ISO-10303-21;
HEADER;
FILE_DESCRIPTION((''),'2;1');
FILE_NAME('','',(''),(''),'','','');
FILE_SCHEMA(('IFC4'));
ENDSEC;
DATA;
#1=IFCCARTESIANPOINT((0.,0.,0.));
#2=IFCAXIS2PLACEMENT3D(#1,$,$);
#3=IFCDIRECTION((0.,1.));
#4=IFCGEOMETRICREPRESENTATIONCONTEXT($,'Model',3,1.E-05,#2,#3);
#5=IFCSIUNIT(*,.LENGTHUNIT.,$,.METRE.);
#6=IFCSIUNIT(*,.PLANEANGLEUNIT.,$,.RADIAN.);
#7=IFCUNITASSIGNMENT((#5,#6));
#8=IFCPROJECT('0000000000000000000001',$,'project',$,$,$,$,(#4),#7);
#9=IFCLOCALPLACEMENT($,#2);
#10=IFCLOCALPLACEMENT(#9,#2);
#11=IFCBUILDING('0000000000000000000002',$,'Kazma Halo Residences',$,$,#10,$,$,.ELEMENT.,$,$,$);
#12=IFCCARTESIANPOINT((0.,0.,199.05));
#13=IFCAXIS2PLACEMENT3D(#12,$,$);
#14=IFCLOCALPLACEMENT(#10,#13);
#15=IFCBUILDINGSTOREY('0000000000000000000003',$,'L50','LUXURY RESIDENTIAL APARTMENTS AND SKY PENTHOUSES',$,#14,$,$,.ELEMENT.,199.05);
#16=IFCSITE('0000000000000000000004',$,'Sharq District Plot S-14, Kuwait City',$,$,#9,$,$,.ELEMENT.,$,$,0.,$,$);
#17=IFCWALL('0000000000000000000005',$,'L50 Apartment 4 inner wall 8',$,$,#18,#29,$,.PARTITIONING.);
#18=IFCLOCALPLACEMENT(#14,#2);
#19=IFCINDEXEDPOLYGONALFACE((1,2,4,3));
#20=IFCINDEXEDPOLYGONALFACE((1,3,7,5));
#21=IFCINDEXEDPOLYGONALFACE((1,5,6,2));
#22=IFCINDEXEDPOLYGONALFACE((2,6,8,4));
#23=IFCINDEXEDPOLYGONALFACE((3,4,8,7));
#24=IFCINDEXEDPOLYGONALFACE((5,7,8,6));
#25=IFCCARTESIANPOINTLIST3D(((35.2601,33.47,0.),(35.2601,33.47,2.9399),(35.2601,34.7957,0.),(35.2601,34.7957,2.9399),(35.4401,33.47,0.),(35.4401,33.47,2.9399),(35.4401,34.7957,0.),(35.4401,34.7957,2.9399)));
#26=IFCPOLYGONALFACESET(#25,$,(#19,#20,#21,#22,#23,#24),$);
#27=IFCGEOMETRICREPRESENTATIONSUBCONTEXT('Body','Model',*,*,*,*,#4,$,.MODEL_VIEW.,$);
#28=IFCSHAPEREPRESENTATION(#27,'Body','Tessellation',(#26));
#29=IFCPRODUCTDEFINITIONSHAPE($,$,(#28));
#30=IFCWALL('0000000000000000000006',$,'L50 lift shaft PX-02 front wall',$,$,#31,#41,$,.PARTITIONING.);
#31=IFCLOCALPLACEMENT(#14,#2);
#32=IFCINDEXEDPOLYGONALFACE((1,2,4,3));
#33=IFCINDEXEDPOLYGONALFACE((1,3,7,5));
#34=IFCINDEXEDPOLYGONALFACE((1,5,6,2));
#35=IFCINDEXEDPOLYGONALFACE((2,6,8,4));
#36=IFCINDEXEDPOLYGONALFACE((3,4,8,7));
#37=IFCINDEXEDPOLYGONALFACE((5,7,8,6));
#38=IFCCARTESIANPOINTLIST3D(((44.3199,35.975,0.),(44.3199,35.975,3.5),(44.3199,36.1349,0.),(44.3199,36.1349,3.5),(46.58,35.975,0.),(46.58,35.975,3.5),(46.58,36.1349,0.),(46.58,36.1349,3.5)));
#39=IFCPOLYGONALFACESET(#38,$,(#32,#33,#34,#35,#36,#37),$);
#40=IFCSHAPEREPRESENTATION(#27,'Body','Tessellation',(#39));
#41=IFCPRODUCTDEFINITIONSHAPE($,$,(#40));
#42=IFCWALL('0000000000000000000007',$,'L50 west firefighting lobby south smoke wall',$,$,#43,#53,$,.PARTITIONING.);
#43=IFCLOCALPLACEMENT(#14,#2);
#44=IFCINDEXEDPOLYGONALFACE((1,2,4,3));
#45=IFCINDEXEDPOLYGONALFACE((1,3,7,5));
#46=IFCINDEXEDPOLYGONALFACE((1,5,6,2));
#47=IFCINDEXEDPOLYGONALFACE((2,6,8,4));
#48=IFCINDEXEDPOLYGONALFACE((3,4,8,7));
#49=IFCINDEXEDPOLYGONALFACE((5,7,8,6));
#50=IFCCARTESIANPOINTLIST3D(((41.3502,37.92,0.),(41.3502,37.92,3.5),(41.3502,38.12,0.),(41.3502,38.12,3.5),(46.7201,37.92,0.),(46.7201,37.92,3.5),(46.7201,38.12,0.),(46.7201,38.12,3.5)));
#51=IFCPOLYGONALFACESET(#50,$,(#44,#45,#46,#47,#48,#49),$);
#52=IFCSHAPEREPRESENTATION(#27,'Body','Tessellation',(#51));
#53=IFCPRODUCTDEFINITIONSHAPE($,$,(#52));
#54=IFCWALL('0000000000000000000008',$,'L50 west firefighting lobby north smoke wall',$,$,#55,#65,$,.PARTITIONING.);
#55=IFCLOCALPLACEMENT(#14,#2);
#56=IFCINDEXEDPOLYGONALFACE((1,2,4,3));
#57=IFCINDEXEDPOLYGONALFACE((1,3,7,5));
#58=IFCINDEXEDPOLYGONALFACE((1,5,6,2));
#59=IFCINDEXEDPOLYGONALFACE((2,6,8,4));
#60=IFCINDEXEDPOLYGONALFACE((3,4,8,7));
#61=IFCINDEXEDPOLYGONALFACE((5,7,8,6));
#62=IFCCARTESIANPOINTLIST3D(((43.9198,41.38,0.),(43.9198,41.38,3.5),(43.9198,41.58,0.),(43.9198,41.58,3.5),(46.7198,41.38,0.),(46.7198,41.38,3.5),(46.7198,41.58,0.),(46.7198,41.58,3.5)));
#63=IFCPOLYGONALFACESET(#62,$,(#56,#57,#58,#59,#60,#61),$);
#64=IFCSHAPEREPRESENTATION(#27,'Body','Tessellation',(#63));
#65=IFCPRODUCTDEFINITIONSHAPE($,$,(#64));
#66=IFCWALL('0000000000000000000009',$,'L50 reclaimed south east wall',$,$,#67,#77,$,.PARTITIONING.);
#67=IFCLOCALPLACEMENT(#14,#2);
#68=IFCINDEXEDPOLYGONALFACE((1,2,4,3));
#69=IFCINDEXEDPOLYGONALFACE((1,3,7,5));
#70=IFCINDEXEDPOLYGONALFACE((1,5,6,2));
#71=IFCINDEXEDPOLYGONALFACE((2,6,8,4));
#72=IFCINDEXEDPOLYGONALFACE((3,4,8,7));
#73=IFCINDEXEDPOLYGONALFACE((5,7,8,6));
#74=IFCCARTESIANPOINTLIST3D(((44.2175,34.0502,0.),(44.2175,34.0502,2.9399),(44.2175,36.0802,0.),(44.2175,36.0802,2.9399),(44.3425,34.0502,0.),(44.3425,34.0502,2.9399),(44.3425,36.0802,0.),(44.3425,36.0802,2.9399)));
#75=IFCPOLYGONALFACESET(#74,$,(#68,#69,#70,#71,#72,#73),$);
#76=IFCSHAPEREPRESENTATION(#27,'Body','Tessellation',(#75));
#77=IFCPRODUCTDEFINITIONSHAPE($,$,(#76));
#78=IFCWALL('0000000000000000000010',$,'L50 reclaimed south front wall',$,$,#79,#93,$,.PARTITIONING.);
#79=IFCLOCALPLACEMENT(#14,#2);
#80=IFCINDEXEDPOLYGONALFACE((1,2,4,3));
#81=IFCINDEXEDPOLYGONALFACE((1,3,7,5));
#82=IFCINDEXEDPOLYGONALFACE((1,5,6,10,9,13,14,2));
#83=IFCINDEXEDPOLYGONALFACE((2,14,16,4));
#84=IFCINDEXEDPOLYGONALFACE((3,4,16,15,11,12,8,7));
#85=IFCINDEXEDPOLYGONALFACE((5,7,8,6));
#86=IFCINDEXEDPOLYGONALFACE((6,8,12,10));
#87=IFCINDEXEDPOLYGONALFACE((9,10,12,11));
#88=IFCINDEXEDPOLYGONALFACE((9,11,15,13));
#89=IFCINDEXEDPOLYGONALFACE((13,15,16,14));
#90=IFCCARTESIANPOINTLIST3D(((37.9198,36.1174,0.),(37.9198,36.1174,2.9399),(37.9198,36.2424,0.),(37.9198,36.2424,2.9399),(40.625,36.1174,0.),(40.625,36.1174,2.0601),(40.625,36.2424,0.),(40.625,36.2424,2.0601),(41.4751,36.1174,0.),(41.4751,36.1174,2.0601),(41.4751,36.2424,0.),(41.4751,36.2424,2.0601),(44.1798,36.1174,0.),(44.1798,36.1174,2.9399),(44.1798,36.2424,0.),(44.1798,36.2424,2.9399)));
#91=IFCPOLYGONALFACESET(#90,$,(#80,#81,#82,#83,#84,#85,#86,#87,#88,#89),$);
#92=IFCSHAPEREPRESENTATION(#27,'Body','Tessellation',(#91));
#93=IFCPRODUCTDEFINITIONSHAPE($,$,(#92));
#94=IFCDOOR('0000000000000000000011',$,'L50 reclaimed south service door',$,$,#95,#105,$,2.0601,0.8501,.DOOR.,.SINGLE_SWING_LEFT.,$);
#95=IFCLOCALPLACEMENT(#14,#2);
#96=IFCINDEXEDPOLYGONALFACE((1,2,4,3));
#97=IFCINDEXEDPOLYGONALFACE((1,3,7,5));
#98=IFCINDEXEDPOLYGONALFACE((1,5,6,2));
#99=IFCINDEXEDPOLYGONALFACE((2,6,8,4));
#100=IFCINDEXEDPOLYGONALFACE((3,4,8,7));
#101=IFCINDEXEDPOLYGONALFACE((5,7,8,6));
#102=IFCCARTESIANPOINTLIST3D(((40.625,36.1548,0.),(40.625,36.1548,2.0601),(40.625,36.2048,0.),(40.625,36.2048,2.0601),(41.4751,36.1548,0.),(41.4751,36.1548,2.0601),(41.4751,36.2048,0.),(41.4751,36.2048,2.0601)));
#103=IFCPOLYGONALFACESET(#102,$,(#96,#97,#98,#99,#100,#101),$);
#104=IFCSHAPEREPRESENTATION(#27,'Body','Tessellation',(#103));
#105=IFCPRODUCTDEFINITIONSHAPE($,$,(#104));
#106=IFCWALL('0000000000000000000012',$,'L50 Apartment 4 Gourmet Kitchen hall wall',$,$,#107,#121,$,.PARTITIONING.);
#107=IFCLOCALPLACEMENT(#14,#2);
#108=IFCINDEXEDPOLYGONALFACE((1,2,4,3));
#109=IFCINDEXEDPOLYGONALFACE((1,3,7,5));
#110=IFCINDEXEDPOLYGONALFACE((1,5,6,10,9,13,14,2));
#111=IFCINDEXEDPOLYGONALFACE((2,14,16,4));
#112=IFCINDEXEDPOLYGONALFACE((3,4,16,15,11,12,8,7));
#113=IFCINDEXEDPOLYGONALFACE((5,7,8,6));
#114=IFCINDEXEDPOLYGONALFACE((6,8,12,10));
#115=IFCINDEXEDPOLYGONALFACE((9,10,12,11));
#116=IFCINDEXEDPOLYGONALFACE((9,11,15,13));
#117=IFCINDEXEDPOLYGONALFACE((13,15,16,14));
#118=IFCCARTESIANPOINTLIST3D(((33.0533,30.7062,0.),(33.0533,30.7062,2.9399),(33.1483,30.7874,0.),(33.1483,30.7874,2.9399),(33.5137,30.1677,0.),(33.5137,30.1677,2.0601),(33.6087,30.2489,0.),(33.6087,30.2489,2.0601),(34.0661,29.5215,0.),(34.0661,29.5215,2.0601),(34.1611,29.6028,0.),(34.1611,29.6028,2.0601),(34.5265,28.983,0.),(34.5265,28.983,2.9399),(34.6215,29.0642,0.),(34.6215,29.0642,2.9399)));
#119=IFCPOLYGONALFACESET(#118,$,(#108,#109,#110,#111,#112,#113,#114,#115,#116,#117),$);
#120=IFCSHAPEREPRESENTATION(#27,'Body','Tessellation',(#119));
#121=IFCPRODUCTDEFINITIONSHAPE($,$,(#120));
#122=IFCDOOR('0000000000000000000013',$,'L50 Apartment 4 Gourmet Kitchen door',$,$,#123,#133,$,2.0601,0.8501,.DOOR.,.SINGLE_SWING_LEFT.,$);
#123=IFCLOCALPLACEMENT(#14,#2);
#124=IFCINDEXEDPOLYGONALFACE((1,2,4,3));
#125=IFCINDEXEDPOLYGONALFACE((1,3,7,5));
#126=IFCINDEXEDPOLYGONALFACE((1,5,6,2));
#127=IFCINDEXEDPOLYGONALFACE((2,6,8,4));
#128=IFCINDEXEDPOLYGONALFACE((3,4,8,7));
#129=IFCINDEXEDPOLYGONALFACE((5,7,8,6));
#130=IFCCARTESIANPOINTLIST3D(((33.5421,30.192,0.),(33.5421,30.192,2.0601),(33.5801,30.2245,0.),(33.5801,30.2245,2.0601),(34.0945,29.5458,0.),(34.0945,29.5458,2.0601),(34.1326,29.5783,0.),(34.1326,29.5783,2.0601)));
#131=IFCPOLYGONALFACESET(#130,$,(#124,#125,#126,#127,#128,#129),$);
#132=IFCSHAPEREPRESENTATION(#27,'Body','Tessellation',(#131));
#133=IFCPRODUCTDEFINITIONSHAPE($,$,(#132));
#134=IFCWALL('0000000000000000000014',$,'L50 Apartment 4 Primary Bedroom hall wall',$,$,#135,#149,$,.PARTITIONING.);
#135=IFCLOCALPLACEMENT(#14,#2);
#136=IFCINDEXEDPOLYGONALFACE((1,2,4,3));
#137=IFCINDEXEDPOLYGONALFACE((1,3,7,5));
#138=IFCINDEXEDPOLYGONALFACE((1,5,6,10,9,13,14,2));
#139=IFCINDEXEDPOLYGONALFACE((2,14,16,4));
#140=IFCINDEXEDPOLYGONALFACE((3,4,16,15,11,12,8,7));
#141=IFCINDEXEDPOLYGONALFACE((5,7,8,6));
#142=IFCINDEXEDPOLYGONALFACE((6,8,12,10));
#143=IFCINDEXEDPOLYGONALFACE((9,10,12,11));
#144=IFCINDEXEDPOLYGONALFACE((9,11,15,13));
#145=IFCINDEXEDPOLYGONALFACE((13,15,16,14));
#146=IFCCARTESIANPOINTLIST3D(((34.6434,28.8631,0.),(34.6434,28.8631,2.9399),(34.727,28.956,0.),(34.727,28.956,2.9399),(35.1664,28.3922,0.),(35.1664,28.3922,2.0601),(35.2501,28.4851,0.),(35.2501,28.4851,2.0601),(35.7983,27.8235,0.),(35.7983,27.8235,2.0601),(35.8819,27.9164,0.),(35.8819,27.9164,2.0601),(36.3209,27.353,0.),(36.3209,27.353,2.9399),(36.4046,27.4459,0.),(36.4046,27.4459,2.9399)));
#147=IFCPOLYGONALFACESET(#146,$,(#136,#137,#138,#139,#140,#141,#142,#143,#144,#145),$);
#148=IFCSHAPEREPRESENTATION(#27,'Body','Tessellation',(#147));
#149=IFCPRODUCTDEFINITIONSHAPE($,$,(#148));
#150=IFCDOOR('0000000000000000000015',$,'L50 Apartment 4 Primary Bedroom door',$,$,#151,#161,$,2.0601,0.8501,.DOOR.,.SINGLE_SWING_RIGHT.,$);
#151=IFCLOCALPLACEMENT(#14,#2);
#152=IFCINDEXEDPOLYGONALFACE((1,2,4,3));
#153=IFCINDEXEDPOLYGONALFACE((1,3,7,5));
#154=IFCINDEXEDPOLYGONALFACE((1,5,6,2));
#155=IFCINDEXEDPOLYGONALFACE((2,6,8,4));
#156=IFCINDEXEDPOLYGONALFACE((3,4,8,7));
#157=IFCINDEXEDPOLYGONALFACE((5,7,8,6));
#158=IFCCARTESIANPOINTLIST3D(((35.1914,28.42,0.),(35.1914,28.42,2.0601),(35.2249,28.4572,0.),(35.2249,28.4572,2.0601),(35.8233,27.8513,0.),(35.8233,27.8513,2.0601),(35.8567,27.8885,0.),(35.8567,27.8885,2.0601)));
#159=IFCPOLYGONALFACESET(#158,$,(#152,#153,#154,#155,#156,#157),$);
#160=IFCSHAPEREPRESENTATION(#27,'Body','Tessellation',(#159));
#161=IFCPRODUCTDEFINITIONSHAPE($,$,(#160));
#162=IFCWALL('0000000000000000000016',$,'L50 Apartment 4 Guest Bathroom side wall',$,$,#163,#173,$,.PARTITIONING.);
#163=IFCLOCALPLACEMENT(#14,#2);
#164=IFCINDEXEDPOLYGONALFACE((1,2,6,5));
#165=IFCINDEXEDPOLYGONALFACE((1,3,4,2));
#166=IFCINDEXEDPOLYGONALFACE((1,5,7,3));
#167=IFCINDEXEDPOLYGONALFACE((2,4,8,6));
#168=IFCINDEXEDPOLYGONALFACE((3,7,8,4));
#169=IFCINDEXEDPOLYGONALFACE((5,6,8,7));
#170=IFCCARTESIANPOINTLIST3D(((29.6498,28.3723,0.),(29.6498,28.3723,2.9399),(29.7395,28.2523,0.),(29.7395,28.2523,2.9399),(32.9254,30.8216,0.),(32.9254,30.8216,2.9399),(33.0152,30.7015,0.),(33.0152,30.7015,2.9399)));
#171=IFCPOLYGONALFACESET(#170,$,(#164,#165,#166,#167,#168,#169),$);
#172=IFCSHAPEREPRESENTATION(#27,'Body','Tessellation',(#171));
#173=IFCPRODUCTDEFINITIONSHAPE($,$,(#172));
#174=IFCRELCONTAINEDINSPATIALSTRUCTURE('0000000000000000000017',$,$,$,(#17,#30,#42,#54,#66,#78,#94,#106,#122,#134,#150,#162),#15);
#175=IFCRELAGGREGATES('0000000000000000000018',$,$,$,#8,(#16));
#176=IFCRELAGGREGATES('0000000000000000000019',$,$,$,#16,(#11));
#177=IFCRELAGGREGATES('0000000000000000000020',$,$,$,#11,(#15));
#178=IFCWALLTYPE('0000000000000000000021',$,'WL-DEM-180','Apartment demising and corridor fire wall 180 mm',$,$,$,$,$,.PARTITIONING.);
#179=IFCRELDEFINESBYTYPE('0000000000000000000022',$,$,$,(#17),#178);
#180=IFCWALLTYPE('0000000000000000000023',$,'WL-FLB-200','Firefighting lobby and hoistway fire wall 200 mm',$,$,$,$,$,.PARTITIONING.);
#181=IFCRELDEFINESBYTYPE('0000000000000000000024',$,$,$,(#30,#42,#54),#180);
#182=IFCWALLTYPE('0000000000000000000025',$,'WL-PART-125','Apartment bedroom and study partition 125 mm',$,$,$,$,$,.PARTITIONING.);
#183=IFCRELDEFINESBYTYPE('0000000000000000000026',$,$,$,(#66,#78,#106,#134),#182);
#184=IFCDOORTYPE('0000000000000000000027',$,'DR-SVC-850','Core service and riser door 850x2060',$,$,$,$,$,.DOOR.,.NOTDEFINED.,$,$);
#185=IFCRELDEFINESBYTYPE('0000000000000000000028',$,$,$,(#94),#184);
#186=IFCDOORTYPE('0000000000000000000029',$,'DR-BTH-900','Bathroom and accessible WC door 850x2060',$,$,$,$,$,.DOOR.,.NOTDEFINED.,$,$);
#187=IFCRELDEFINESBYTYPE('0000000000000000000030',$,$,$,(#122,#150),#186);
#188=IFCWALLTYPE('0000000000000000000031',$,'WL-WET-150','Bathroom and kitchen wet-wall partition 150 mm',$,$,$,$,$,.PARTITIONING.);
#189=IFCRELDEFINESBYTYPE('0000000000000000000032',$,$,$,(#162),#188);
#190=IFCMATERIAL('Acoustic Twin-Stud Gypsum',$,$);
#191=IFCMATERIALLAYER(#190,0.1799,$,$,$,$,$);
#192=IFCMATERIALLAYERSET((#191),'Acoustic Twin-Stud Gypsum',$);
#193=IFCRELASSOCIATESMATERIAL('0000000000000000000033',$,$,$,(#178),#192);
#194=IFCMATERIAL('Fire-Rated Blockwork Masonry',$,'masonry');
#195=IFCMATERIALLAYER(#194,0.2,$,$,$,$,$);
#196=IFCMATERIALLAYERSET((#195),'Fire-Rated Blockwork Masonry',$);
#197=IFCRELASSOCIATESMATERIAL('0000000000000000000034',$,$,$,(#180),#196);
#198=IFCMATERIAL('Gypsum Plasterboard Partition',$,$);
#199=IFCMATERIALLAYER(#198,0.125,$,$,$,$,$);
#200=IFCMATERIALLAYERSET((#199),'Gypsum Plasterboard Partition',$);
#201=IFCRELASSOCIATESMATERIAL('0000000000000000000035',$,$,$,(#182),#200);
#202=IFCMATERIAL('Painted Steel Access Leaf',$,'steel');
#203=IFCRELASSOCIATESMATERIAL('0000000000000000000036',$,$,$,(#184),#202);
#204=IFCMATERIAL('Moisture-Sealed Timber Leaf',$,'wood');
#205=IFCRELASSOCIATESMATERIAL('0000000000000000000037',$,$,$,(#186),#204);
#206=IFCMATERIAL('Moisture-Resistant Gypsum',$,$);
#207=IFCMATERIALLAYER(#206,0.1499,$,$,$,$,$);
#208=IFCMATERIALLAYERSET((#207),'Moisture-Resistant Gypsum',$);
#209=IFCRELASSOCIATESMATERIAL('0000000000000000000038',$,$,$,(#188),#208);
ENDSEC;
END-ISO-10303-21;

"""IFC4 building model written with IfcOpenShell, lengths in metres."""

from ifc_helpers import new_model, si_unit, direction, frame, frame_2d, origin, place, context, subcontext, project, spatial, rectangle, extrude, material, layer, layer_set, type_object, element, fill, save


model = new_model("IFC4")

# Units and contexts
model_context = context("Model", 3, precision=1e-05, world=origin(), true_north=direction((0.0, 1.0)))
body_context = subcontext(model_context, "Body", "Model", "MODEL_VIEW")
ifc_project = project(units=[si_unit("LENGTHUNIT", "METRE"), si_unit("PLANEANGLEUNIT", "RADIAN")], contexts=[model_context])

# Site, building, storey
site_placement = place(None, origin())
site = spatial("IfcSite", under=ifc_project, at=site_placement, Name="Sharq District Plot S-14, Kuwait City", CompositionType="ELEMENT", RefElevation=0.0)
building_placement = place(site_placement, origin())
building = spatial("IfcBuilding", under=site, at=building_placement, Name="Kazma Halo Residences", CompositionType="ELEMENT")
storey_placement = place(building_placement, frame((0.0, 0.0, 199.05)))
storey = spatial("IfcBuildingStorey", under=building, at=storey_placement, Name="L50", Description="LUXURY RESIDENTIAL APARTMENTS AND SKY PENTHOUSES", CompositionType="ELEMENT", Elevation=199.05)

# Shared definitions
ifc_material_1 = material(Name="Acoustic Twin-Stud Gypsum")
ifc_layer_1 = layer(ifc_material_1, 0.1799)
ifc_layer_set_1 = layer_set([ifc_layer_1], Name="Acoustic Twin-Stud Gypsum")
wall_type_1 = type_object("IfcWallType", Name="WL-DEM-180", Description="Apartment demising and corridor fire wall 180 mm", PredefinedType="PARTITIONING", material=ifc_layer_set_1)

# Walls
wall_1_placement = place(storey_placement, frame((35.3501, 34.7957, 0.0), z_axis=(0.0, 0.0, 1.0), x_axis=(0.0, -1.0, 0.0)))
element("IfcWall", 1, at=wall_1_placement, inside=storey, type_object=wall_type_1, Name="L50 Apartment 4 inner wall 8", PredefinedType="PARTITIONING", context=body_context, shape_type="SweptSolid", body=[
    extrude(rectangle(XDim=1.3257, YDim=0.1799, at=frame_2d((0.6628, 0.0))), origin(), (0.0, 0.0, 1.0), 2.9399),
])
ifc_material_2 = material(Name="Fire-Rated Blockwork Masonry", Category="masonry")
ifc_layer_2 = layer(ifc_material_2, 0.2)
ifc_layer_set_2 = layer_set([ifc_layer_2], Name="Fire-Rated Blockwork Masonry")
wall_type_2 = type_object("IfcWallType", Name="WL-FLB-200", Description="Firefighting lobby and hoistway fire wall 200 mm", PredefinedType="PARTITIONING", material=ifc_layer_set_2)
wall_2_placement = place(storey_placement, frame((44.3201, 36.0549, 0.0), z_axis=(0.0, 0.0, 1.0), x_axis=(1.0, 0.0, 0.0)))
element("IfcWall", 2, at=wall_2_placement, inside=storey, type_object=wall_type_2, Name="L50 lift shaft PX-02 front wall", PredefinedType="PARTITIONING", context=body_context, shape_type="SweptSolid", body=[
    extrude(rectangle(XDim=2.26, YDim=0.1599, at=frame_2d((1.1299, 0.0))), origin(), (0.0, 0.0, 1.0), 3.5),
])
wall_3_placement = place(storey_placement, frame((41.3501, 38.02, 0.0), z_axis=(0.0, 0.0, 1.0), x_axis=(1.0, 0.0, 0.0)))
element("IfcWall", 3, at=wall_3_placement, inside=storey, type_object=wall_type_2, Name="L50 west firefighting lobby south smoke wall", PredefinedType="PARTITIONING", context=body_context, shape_type="SweptSolid", body=[
    extrude(rectangle(XDim=5.3699, YDim=0.2, at=frame_2d((2.6851, 0.0))), origin(), (0.0, 0.0, 1.0), 3.5),
])
wall_4_placement = place(storey_placement, frame((43.9199, 41.48, 0.0), z_axis=(0.0, 0.0, 1.0), x_axis=(1.0, 0.0, 0.0)))
element("IfcWall", 4, at=wall_4_placement, inside=storey, type_object=wall_type_2, Name="L50 west firefighting lobby north smoke wall", PredefinedType="PARTITIONING", context=body_context, shape_type="SweptSolid", body=[
    extrude(rectangle(XDim=2.8, YDim=0.2, at=frame_2d((1.3999, 0.0))), origin(), (0.0, 0.0, 1.0), 3.5),
])
ifc_material_3 = material(Name="Gypsum Plasterboard Partition")
ifc_layer_3 = layer(ifc_material_3, 0.125)
ifc_layer_set_3 = layer_set([ifc_layer_3], Name="Gypsum Plasterboard Partition")
wall_type_3 = type_object("IfcWallType", Name="WL-PART-125", Description="Apartment bedroom and study partition 125 mm", PredefinedType="PARTITIONING", material=ifc_layer_set_3)
wall_5_placement = place(storey_placement, frame((44.28, 34.05, 0.0), z_axis=(0.0, 0.0, 1.0), x_axis=(0.0, 1.0, 0.0)))
element("IfcWall", 5, at=wall_5_placement, inside=storey, type_object=wall_type_3, Name="L50 reclaimed south east wall", PredefinedType="PARTITIONING", context=body_context, shape_type="SweptSolid", body=[
    extrude(rectangle(XDim=2.03, YDim=0.125, at=frame_2d((1.0151, 0.0))), origin(), (0.0, 0.0, 1.0), 2.9399),
])

# Walls, openings, doors
wall_6_placement = place(storey_placement, frame((37.9199, 36.1799, 0.0), z_axis=(0.0, 0.0, 1.0), x_axis=(1.0, 0.0, 0.0)))
wall_6 = element("IfcWall", 6, at=wall_6_placement, inside=storey, type_object=wall_type_3, Name="L50 reclaimed south front wall", PredefinedType="PARTITIONING", context=body_context, shape_type="SweptSolid", body=[
    extrude(rectangle(XDim=6.26, YDim=0.125, at=frame_2d((3.1299, 0.0))), origin(), (0.0, 0.0, 1.0), 2.9399),
])
opening_1_placement = place(wall_6_placement, frame((2.7051, 0.0, 0.0)))
opening_1 = element("IfcOpeningElement", 7, at=opening_1_placement, cuts=wall_6, PredefinedType="OPENING", context=body_context, shape_type="SweptSolid", body=[
    extrude(rectangle(XDim=0.8501, YDim=2.0601, at=frame_2d((0.425, 1.03))), frame((0.0, 0.0725, 0.0), z_axis=(0.0, -1.0, 0.0), x_axis=(1.0, 0.0, 0.0)), (0.0, 0.0, 1.0), 0.145),
])
ifc_material_4 = material(Name="Painted Steel Access Leaf", Category="steel")
door_type_1 = type_object("IfcDoorType", Name="DR-SVC-850", Description="Core service and riser door 850x2060", OperationType="NOTDEFINED", PredefinedType="DOOR", material=ifc_material_4)
door_1_placement = place(opening_1_placement, origin())
door_1 = element("IfcDoor", 8, at=door_1_placement, inside=storey, type_object=door_type_1, Name="L50 reclaimed south service door", OperationType="SINGLE_SWING_LEFT", OverallHeight=2.0601, OverallWidth=0.8501, PredefinedType="DOOR", context=body_context, shape_type="SweptSolid", body=[
    extrude(rectangle(XDim=0.8501, YDim=2.0601, at=frame_2d((0.425, 1.03))), frame((0.0, 0.0249, 0.0), z_axis=(0.0, -1.0, 0.0), x_axis=(1.0, 0.0, 0.0)), (0.0, 0.0, 1.0), 0.05),
])
fill(opening_1, door_1)
wall_7_placement = place(storey_placement, frame((33.1008, 30.7468, 0.0), z_axis=(0.0, 0.0, 1.0), x_axis=(0.649815, -0.760092, 0.0)))
wall_7 = element("IfcWall", 9, at=wall_7_placement, inside=storey, type_object=wall_type_3, Name="L50 Apartment 4 Gourmet Kitchen hall wall", PredefinedType="PARTITIONING", context=body_context, shape_type="SweptSolid", body=[
    extrude(rectangle(XDim=2.2671, YDim=0.125, at=frame_2d((1.1335, 0.0))), origin(), (0.0, 0.0, 1.0), 2.9399),
])
opening_2_placement = place(wall_7_placement, frame((0.7085, 0.0, 0.0)))
opening_2 = element("IfcOpeningElement", 10, at=opening_2_placement, cuts=wall_7, PredefinedType="OPENING", context=body_context, shape_type="SweptSolid", body=[
    extrude(rectangle(XDim=0.8501, YDim=2.0601, at=frame_2d((0.425, 1.03))), frame((0.0, 0.0725, 0.0), z_axis=(0.0, -1.0, 0.0), x_axis=(1.0, 0.0, 0.0)), (0.0, 0.0, 1.0), 0.145),
])
ifc_material_5 = material(Name="Moisture-Sealed Timber Leaf", Category="wood")
door_type_2 = type_object("IfcDoorType", Name="DR-BTH-900", Description="Bathroom and accessible WC door 850x2060", OperationType="NOTDEFINED", PredefinedType="DOOR", material=ifc_material_5)
door_2_placement = place(opening_2_placement, origin())
door_2 = element("IfcDoor", 11, at=door_2_placement, inside=storey, type_object=door_type_2, Name="L50 Apartment 4 Gourmet Kitchen door", OperationType="SINGLE_SWING_LEFT", OverallHeight=2.0601, OverallWidth=0.8501, PredefinedType="DOOR", context=body_context, shape_type="SweptSolid", body=[
    extrude(rectangle(XDim=0.8501, YDim=2.0601, at=frame_2d((0.425, 1.03))), frame((0.0, 0.0249, 0.0), z_axis=(0.0, -1.0, 0.0), x_axis=(1.0, 0.0, 0.0)), (0.0, 0.0, 1.0), 0.05),
])
fill(opening_2, door_2)
wall_8_placement = place(storey_placement, frame((34.6853, 28.9094, 0.0), z_axis=(0.0, 0.0, 1.0), x_axis=(0.743235, -0.66903, 0.0)))
wall_8 = element("IfcWall", 12, at=wall_8_placement, inside=storey, type_object=wall_type_3, Name="L50 Apartment 4 Primary Bedroom hall wall", PredefinedType="PARTITIONING", context=body_context, shape_type="SweptSolid", body=[
    extrude(rectangle(XDim=2.2571, YDim=0.125, at=frame_2d((1.1284, 0.0))), origin(), (0.0, 0.0, 1.0), 2.9399),
])
opening_3_placement = place(wall_8_placement, frame((0.7036, 0.0, 0.0)))
opening_3 = element("IfcOpeningElement", 13, at=opening_3_placement, cuts=wall_8, PredefinedType="OPENING", context=body_context, shape_type="SweptSolid", body=[
    extrude(rectangle(XDim=0.8501, YDim=2.0601, at=frame_2d((0.425, 1.03))), frame((0.0, 0.0725, 0.0), z_axis=(0.0, -1.0, 0.0), x_axis=(1.0, 0.0, 0.0)), (0.0, 0.0, 1.0), 0.145),
])
door_3_placement = place(opening_3_placement, origin())
door_3 = element("IfcDoor", 14, at=door_3_placement, inside=storey, type_object=door_type_2, Name="L50 Apartment 4 Primary Bedroom door", OperationType="SINGLE_SWING_RIGHT", OverallHeight=2.0601, OverallWidth=0.8501, PredefinedType="DOOR", context=body_context, shape_type="SweptSolid", body=[
    extrude(rectangle(XDim=0.8501, YDim=2.0601, at=frame_2d((0.425, 1.03))), frame((0.0, 0.0249, 0.0), z_axis=(0.0, -1.0, 0.0), x_axis=(1.0, 0.0, 0.0)), (0.0, 0.0, 1.0), 0.05),
])
fill(opening_3, door_3)

# Wall
ifc_material_6 = material(Name="Moisture-Resistant Gypsum")
ifc_layer_4 = layer(ifc_material_6, 0.1499)
ifc_layer_set_4 = layer_set([ifc_layer_4], Name="Moisture-Resistant Gypsum")
wall_type_4 = type_object("IfcWallType", Name="WL-WET-150", Description="Bathroom and kitchen wet-wall partition 150 mm", PredefinedType="PARTITIONING", material=ifc_layer_set_4)
wall_9_placement = place(storey_placement, frame((32.9702, 30.7615, 0.0), z_axis=(0.0, 0.0, 1.0), x_axis=(-0.80088, -0.598825, 0.0)))
element("IfcWall", 15, at=wall_9_placement, inside=storey, type_object=wall_type_4, Name="L50 Apartment 4 Guest Bathroom side wall", PredefinedType="PARTITIONING", context=body_context, shape_type="SweptSolid", body=[
    extrude(rectangle(XDim=4.0901, YDim=0.1499, at=frame_2d((2.0449, 0.0))), origin(), (0.0, 0.0, 1.0), 2.9399),
])

save(model, "model.ifc")
